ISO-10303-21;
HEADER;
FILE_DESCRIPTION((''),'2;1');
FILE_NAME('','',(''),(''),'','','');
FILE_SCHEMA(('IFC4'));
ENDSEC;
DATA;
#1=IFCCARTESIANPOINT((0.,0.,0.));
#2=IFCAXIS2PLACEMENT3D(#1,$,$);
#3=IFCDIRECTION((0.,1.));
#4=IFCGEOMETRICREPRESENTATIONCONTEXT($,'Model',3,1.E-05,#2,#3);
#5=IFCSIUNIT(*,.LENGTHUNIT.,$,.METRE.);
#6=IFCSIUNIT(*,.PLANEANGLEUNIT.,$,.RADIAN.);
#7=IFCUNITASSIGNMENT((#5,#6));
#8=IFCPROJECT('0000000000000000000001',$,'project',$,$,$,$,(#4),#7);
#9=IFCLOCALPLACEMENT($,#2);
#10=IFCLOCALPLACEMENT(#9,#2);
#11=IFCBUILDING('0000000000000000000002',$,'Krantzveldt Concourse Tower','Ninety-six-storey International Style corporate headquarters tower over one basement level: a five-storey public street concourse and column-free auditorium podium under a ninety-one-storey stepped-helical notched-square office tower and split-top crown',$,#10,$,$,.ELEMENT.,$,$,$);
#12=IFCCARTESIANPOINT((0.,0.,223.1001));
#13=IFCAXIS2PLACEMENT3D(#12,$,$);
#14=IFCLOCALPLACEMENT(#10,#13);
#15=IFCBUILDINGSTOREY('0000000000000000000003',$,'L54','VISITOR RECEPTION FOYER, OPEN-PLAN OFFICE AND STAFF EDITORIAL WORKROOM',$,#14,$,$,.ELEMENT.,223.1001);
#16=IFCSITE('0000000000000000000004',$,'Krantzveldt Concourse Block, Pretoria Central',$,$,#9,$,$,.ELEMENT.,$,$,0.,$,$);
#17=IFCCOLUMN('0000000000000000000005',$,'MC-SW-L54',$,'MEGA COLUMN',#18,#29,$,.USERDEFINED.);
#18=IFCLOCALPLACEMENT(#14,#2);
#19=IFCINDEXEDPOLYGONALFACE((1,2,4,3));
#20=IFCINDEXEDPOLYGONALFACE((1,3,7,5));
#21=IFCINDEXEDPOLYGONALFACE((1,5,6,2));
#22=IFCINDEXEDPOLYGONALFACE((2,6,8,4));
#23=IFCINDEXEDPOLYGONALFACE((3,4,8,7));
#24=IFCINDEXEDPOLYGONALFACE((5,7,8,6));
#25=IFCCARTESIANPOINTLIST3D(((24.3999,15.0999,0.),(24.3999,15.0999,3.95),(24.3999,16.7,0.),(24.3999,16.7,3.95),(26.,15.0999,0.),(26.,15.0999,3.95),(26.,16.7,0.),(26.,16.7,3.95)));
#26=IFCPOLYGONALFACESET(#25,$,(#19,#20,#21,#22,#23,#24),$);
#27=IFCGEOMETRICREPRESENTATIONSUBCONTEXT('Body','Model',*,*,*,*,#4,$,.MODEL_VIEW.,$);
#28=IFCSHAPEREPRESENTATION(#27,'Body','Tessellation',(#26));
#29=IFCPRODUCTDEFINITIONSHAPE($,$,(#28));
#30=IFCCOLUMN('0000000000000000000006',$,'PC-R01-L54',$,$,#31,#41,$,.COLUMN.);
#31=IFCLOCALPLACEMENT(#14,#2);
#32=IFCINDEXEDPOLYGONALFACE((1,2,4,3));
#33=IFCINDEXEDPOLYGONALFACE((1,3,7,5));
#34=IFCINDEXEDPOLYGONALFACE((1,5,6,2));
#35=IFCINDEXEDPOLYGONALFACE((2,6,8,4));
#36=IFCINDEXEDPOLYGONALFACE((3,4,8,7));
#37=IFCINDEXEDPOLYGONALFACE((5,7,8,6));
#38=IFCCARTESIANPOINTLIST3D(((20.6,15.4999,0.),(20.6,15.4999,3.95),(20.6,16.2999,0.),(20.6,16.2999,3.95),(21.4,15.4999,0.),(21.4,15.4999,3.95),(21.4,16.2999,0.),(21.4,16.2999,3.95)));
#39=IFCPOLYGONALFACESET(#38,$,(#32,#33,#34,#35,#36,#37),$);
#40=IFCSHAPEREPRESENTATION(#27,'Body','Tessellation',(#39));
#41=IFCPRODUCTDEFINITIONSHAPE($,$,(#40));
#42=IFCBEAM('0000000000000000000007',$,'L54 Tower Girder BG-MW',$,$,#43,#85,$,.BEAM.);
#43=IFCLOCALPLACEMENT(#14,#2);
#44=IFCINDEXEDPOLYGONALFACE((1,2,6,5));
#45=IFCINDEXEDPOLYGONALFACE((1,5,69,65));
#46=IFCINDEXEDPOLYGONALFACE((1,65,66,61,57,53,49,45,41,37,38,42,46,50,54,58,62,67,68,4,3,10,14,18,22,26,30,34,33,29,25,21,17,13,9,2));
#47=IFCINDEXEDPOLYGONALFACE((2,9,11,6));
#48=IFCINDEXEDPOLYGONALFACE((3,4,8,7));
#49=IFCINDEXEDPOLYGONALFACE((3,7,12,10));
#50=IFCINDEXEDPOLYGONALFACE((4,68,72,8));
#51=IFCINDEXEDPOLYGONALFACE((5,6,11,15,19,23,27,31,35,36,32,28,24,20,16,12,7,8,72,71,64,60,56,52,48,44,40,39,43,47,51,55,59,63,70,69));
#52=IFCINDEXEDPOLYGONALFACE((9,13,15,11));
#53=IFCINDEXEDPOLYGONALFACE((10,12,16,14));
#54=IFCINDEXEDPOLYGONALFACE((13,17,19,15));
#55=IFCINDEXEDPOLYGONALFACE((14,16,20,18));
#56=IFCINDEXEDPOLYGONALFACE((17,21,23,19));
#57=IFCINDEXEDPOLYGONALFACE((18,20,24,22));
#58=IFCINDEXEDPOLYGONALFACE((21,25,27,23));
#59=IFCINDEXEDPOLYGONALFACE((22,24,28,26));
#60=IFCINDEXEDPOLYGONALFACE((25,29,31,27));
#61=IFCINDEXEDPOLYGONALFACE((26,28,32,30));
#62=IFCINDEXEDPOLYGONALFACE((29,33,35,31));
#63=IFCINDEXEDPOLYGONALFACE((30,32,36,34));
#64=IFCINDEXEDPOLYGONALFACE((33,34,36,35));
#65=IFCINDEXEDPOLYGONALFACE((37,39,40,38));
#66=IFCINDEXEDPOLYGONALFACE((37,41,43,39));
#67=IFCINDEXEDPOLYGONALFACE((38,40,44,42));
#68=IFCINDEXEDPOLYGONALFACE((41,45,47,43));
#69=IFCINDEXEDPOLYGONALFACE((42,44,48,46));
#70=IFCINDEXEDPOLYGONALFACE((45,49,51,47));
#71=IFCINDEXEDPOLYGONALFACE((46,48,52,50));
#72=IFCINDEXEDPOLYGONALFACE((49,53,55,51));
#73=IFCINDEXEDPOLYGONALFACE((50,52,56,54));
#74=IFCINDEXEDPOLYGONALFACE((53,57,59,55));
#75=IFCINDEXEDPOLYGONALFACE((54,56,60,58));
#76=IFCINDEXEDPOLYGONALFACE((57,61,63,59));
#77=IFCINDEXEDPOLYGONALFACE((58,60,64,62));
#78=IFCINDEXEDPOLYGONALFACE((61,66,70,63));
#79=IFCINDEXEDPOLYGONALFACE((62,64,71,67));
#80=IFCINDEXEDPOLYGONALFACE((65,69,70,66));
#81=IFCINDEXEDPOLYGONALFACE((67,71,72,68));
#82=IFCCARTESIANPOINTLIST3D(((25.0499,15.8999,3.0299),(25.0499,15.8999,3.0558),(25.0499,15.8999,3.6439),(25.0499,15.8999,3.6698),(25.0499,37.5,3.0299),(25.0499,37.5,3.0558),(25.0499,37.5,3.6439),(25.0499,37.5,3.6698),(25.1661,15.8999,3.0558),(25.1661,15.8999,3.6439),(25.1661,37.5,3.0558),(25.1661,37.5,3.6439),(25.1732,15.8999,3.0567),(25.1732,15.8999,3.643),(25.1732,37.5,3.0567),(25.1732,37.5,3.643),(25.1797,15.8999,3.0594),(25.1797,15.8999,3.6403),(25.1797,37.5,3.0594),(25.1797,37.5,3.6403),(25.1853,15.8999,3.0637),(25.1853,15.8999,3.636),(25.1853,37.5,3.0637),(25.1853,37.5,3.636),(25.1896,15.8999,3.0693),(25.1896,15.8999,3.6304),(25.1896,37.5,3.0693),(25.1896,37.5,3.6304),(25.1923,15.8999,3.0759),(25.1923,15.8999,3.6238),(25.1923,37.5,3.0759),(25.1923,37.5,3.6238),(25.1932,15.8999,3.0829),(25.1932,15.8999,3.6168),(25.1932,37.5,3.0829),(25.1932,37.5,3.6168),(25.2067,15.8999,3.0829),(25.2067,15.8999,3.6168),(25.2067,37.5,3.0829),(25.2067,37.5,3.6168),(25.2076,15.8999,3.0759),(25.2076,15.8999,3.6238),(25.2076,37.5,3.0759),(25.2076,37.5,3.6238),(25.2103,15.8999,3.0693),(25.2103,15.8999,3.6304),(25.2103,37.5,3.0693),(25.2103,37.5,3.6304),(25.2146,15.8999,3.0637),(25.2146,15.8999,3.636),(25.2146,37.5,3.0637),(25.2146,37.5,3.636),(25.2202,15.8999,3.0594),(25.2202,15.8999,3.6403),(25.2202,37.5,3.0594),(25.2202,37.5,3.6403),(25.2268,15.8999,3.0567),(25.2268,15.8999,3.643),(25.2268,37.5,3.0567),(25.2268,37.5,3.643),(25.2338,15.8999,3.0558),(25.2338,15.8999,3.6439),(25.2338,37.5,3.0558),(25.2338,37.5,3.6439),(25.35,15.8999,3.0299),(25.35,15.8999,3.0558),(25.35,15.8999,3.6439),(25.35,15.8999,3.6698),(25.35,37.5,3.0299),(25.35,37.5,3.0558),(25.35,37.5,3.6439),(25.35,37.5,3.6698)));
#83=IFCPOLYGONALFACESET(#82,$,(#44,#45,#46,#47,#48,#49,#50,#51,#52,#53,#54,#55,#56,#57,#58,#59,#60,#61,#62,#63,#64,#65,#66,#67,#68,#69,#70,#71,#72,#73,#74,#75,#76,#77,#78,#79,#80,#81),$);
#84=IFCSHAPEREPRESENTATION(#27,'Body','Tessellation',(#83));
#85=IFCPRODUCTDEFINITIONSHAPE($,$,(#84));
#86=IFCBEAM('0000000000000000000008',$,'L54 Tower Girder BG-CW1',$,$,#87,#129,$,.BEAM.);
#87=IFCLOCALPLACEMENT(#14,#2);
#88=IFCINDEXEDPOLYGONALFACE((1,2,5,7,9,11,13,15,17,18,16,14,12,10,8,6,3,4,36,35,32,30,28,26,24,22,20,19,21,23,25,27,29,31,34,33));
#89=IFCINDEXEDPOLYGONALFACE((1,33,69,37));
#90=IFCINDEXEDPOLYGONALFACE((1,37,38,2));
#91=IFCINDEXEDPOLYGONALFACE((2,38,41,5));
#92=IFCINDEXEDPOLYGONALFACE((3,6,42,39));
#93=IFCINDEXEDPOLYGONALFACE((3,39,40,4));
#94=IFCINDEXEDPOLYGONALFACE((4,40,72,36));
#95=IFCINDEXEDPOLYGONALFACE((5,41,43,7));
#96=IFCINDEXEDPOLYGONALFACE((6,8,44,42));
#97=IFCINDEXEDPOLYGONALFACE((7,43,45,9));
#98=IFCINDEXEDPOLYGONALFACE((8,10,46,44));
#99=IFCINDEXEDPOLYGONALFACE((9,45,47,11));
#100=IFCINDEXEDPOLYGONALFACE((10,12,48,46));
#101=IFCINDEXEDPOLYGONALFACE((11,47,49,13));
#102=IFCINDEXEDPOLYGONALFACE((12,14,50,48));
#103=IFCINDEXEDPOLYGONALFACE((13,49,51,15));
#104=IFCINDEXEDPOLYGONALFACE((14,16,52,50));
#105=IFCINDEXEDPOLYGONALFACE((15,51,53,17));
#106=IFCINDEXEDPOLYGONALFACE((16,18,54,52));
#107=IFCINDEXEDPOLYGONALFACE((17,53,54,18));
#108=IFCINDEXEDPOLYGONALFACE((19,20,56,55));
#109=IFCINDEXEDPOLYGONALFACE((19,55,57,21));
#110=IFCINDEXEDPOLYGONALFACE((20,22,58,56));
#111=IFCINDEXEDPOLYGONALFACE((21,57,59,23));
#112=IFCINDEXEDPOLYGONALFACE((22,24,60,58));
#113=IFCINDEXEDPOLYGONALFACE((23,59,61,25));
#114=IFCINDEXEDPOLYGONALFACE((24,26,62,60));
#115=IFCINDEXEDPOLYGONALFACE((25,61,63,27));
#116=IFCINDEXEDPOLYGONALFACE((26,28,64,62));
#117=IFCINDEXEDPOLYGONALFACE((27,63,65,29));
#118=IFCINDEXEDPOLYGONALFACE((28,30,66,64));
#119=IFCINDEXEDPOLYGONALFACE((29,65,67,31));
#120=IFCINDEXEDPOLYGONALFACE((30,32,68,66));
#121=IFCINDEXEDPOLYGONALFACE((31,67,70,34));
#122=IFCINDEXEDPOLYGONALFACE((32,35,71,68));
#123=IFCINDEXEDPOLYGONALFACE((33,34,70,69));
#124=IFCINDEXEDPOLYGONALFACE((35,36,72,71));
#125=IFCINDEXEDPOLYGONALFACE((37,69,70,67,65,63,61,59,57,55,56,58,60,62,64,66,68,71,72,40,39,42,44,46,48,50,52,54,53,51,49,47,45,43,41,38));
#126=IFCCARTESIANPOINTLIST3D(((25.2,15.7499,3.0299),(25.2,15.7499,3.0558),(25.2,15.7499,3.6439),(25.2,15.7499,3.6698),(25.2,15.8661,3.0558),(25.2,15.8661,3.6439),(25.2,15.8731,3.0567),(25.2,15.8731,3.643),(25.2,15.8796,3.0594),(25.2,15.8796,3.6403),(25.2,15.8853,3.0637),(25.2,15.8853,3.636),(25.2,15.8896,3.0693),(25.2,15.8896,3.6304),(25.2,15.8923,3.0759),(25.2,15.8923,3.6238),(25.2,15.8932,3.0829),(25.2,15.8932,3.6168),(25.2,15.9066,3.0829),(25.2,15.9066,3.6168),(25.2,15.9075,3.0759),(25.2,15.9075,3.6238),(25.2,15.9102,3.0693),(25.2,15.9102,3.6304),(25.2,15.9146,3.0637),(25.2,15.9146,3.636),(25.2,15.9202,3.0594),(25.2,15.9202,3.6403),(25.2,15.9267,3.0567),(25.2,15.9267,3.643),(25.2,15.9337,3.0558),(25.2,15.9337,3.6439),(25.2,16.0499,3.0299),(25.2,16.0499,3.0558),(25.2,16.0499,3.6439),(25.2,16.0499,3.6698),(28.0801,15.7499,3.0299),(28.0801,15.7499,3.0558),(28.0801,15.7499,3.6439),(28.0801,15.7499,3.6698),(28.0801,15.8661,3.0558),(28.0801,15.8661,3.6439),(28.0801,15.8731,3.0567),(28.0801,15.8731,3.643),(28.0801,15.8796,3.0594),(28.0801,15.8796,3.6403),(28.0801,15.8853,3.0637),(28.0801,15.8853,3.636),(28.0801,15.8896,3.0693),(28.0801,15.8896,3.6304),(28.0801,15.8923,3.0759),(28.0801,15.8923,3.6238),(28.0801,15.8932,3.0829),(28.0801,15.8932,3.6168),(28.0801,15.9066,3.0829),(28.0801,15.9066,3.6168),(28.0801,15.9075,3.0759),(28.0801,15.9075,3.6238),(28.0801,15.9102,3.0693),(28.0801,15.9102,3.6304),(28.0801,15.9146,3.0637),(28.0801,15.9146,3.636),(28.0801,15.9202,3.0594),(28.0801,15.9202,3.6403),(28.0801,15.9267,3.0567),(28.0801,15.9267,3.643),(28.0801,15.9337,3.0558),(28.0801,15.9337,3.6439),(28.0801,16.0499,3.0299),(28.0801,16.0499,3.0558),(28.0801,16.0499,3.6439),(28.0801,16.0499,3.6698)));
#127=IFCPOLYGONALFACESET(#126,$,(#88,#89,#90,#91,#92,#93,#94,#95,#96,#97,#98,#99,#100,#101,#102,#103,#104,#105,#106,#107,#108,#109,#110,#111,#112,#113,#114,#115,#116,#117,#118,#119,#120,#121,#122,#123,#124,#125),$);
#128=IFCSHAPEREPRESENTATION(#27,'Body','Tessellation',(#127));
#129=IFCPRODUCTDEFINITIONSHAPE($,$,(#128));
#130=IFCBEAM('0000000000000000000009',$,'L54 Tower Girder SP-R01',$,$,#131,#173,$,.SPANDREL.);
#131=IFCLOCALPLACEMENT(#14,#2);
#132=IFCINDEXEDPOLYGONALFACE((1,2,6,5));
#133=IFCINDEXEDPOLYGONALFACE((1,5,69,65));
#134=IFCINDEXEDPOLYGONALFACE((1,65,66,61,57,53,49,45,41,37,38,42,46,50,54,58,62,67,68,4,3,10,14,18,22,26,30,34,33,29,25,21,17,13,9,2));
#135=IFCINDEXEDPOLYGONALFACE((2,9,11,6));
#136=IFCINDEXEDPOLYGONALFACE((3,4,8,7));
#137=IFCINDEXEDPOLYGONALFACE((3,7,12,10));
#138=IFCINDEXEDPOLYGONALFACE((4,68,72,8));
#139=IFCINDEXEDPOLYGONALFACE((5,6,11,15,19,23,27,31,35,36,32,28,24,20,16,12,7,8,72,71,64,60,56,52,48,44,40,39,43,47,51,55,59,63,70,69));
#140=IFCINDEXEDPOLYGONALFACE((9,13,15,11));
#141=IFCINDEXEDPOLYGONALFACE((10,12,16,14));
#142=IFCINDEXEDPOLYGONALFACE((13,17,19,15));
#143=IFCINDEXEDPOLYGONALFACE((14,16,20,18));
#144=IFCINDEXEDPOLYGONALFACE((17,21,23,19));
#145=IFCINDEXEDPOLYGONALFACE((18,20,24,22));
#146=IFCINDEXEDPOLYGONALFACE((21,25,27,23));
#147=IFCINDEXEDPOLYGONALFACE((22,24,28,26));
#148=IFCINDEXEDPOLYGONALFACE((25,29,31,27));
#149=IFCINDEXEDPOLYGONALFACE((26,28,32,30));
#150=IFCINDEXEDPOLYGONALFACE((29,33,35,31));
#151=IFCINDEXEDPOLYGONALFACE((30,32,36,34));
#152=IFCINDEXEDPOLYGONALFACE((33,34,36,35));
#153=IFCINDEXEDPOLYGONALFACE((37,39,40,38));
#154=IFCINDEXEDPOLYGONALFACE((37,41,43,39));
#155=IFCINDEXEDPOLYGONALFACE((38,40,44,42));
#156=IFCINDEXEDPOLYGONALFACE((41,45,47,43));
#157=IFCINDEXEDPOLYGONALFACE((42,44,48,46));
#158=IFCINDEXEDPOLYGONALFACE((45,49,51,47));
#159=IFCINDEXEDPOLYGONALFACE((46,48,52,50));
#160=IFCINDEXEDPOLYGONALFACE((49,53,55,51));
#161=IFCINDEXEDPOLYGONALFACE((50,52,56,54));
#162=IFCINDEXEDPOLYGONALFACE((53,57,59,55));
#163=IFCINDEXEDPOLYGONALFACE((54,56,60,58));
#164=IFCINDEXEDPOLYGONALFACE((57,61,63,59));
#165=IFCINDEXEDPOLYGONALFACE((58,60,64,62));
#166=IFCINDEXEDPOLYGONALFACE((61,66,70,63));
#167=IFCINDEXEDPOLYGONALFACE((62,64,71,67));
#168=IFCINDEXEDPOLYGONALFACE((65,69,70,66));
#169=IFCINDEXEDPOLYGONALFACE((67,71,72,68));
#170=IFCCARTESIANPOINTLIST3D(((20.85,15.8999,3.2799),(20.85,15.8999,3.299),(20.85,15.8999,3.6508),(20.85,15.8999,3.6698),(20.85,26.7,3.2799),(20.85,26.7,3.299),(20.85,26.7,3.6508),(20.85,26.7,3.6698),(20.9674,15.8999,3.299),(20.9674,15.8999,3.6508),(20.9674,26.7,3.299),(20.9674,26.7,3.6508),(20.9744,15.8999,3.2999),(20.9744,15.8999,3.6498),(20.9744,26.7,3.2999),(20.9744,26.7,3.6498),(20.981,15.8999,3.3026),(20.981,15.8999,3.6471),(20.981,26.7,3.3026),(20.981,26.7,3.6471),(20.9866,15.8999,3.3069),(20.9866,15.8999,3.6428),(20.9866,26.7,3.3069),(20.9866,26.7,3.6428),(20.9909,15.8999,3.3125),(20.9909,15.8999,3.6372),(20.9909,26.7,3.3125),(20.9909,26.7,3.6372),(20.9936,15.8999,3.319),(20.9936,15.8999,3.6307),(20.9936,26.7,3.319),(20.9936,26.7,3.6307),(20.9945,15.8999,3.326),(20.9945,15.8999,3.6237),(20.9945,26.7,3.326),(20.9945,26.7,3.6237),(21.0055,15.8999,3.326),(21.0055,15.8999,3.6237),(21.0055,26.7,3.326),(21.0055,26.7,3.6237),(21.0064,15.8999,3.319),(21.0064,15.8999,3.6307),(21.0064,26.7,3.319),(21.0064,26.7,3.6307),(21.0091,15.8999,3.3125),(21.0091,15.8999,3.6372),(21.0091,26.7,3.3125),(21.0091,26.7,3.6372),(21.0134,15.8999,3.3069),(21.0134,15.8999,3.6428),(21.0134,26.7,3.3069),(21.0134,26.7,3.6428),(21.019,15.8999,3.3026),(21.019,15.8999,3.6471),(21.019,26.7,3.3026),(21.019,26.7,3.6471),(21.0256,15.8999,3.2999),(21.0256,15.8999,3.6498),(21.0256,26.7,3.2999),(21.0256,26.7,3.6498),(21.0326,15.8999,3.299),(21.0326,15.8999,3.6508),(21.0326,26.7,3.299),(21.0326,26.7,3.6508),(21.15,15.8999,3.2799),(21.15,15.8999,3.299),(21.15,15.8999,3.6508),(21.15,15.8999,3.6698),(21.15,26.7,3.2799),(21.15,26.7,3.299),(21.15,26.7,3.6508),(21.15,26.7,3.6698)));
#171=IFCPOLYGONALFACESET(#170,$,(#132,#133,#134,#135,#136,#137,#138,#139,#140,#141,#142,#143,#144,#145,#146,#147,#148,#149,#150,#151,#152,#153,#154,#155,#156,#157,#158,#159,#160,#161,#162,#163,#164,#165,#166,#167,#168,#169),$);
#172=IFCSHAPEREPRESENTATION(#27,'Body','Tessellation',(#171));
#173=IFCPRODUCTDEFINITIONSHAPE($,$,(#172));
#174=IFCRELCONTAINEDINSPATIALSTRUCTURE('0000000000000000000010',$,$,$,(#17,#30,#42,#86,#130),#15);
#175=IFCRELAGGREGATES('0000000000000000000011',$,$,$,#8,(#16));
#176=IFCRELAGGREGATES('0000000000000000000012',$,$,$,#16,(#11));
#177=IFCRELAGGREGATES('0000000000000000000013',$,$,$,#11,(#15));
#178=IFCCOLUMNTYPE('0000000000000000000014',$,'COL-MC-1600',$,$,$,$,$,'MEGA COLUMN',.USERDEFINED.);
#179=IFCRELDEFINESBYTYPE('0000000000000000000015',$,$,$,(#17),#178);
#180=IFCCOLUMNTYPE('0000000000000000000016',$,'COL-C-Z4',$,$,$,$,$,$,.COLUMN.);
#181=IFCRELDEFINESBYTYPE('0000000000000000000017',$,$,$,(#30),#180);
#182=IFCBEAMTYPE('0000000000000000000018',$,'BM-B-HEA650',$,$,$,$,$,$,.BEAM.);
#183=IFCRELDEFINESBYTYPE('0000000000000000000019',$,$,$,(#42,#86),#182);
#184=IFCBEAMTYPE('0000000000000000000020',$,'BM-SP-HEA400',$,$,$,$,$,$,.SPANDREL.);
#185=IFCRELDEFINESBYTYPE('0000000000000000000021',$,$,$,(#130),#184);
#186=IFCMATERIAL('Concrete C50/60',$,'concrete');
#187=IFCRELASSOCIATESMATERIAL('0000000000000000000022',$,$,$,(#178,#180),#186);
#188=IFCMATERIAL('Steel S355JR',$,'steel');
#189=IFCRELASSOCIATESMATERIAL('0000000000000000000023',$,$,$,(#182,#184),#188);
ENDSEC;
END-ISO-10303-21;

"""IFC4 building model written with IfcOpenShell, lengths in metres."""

from ifc_helpers import new_model, si_unit, direction, frame, origin, origin_2d, place, context, subcontext, project, spatial, rectangle, i_section, extrude, source, transform, mapped, material, material_profile, profile_set, type_object, type_shapes, element, save


model = new_model("IFC4")

# Units and contexts
model_context = context("Model", 3, precision=1e-05, world=origin(), true_north=direction((0.0, 1.0)))
body_context = subcontext(model_context, "Body", "Model", "MODEL_VIEW")
ifc_project = project(units=[si_unit("LENGTHUNIT", "METRE"), si_unit("PLANEANGLEUNIT", "RADIAN")], contexts=[model_context])

# Site, building, storey
site_placement = place(None, origin())
site = spatial("IfcSite", under=ifc_project, at=site_placement, Name="Krantzveldt Concourse Block, Pretoria Central", CompositionType="ELEMENT", RefElevation=0.0)
building_placement = place(site_placement, origin())
building = spatial("IfcBuilding", under=site, at=building_placement, Name="Krantzveldt Concourse Tower", Description="Ninety-six-storey International Style corporate headquarters tower over one basement level: a five-storey public street concourse and column-free auditorium podium under a ninety-one-storey stepped-helical notched-square office tower and split-top crown", CompositionType="ELEMENT")
storey_placement = place(building_placement, frame((0.0, 0.0, 223.1001)))
storey = spatial("IfcBuildingStorey", under=building, at=storey_placement, Name="L54", Description="VISITOR RECEPTION FOYER, OPEN-PLAN OFFICE AND STAFF EDITORIAL WORKROOM", CompositionType="ELEMENT", Elevation=223.1001)

# Columns
ifc_material_1 = material(Name="Concrete C50/60", Category="concrete")
ifc_material_profile_1 = material_profile(ifc_material_1, rectangle(XDim=1.6001, YDim=1.6001, at=origin_2d()), Name="Concrete C50/60", Category="concrete")
ifc_profile_set_1 = profile_set([ifc_material_profile_1], Name="Concrete C50/60 - RC 1600x1600")
column_type_1 = type_object("IfcColumnType", Name="COL-MC-1600", ElementType="MEGA COLUMN", PredefinedType="USERDEFINED", material=ifc_profile_set_1)
shared_shape_1 = source(origin(), body_context, "Body", "SweptSolid", [
    extrude(rectangle(XDim=1.6001, YDim=1.6001, at=origin_2d()), origin(), (0.0, 0.0, 1.0), 3.95),
])
type_shapes(column_type_1, [shared_shape_1])
column_1_placement = place(storey_placement, frame((25.2, 15.8999, 0.0), z_axis=(0.0, 0.0, 1.0), x_axis=(1.0, 0.0, 0.0)))
element("IfcColumn", 1, at=column_1_placement, inside=storey, type_object=column_type_1, Name="MC-SW-L54", ObjectType="MEGA COLUMN", PredefinedType="USERDEFINED", context=body_context, shape_type="MappedRepresentation", body=[
    mapped(shared_shape_1, transform((0.0, 0.0, 0.0), x_axis=(1.0, 0.0, 0.0), y_axis=(0.0, 1.0, 0.0), z_axis=(0.0, 0.0, 1.0), scale=1.0)),
])
ifc_material_profile_2 = material_profile(ifc_material_1, rectangle(XDim=0.8, YDim=0.8, at=origin_2d()), Name="Concrete C50/60", Category="concrete")
ifc_profile_set_2 = profile_set([ifc_material_profile_2], Name="Concrete C50/60 - RC 800x800")
column_type_2 = type_object("IfcColumnType", Name="COL-C-Z4", PredefinedType="COLUMN", material=ifc_profile_set_2)
shared_shape_2 = source(origin(), body_context, "Body", "SweptSolid", [
    extrude(rectangle(XDim=0.8, YDim=0.8, at=origin_2d()), origin(), (0.0, 0.0, 1.0), 3.95),
])
type_shapes(column_type_2, [shared_shape_2])
column_2_placement = place(storey_placement, frame((21.0, 15.8999, 0.0), z_axis=(0.0, 0.0, 1.0), x_axis=(1.0, 0.0, 0.0)))
element("IfcColumn", 2, at=column_2_placement, inside=storey, type_object=column_type_2, Name="PC-R01-L54", PredefinedType="COLUMN", context=body_context, shape_type="MappedRepresentation", body=[
    mapped(shared_shape_2, transform((0.0, 0.0, 0.0), x_axis=(1.0, 0.0, 0.0), y_axis=(0.0, 1.0, 0.0), z_axis=(0.0, 0.0, 1.0), scale=1.0)),
])

# Beams
ifc_material_2 = material(Name="Steel S355JR", Category="steel")
ifc_material_profile_3 = material_profile(ifc_material_2, i_section(OverallWidth=0.3, OverallDepth=0.6399, WebThickness=0.0134, FlangeThickness=0.0259, FilletRadius=0.0271, at=origin_2d()), Name="Steel S355JR", Category="steel")
ifc_profile_set_3 = profile_set([ifc_material_profile_3], Name="Steel S355JR - HEA 650")
beam_type_1 = type_object("IfcBeamType", Name="BM-B-HEA650", PredefinedType="BEAM", material=ifc_profile_set_3)
shared_shape_3 = source(origin(), body_context, "Body", "SweptSolid", [
    extrude(i_section(OverallWidth=0.3, OverallDepth=0.6399, WebThickness=0.0134, FlangeThickness=0.0259, FilletRadius=0.0271, at=origin_2d()), origin(), (0.0, 0.0, 1.0), 21.6001),
])
beam_1_placement = place(storey_placement, frame((25.2, 15.8999, 3.3499), z_axis=(0.0, 1.0, 0.0), x_axis=(-1.0, 0.0, 0.0)))
element("IfcBeam", 3, at=beam_1_placement, inside=storey, type_object=beam_type_1, Name="L54 Tower Girder BG-MW", PredefinedType="BEAM", context=body_context, shape_type="MappedRepresentation", body=[
    mapped(shared_shape_3, transform((0.0, 0.0, 0.0), x_axis=(1.0, 0.0, 0.0), y_axis=(0.0, 1.0, 0.0), z_axis=(0.0, 0.0, 1.0), scale=1.0)),
])
shared_shape_4 = source(origin(), body_context, "Body", "SweptSolid", [
    extrude(i_section(OverallWidth=0.3, OverallDepth=0.6399, WebThickness=0.0134, FlangeThickness=0.0259, FilletRadius=0.0271, at=origin_2d()), origin(), (0.0, 0.0, 1.0), 2.8801),
])
type_shapes(beam_type_1, [shared_shape_3, shared_shape_4])
beam_2_placement = place(storey_placement, frame((25.2, 15.8999, 3.3499), z_axis=(1.0, 0.0, 0.0), x_axis=(0.0, 1.0, 0.0)))
element("IfcBeam", 4, at=beam_2_placement, inside=storey, type_object=beam_type_1, Name="L54 Tower Girder BG-CW1", PredefinedType="BEAM", context=body_context, shape_type="MappedRepresentation", body=[
    mapped(shared_shape_4, transform((0.0, 0.0, 0.0), x_axis=(1.0, 0.0, 0.0), y_axis=(0.0, 1.0, 0.0), z_axis=(0.0, 0.0, 1.0), scale=1.0)),
])
ifc_material_profile_4 = material_profile(ifc_material_2, i_section(OverallWidth=0.3, OverallDepth=0.3899, WebThickness=0.011, FlangeThickness=0.019, FilletRadius=0.0271, at=origin_2d()), Name="Steel S355JR", Category="steel")
ifc_profile_set_4 = profile_set([ifc_material_profile_4], Name="Steel S355JR - HEA 400")
beam_type_2 = type_object("IfcBeamType", Name="BM-SP-HEA400", PredefinedType="SPANDREL", material=ifc_profile_set_4)
shared_shape_5 = source(origin(), body_context, "Body", "SweptSolid", [
    extrude(i_section(OverallWidth=0.3, OverallDepth=0.3899, WebThickness=0.011, FlangeThickness=0.019, FilletRadius=0.0271, at=origin_2d()), origin(), (0.0, 0.0, 1.0), 10.8),
])
type_shapes(beam_type_2, [shared_shape_5])
beam_3_placement = place(storey_placement, frame((21.0, 15.8999, 3.4749), z_axis=(0.0, 1.0, 0.0), x_axis=(-1.0, 0.0, 0.0)))
element("IfcBeam", 5, at=beam_3_placement, inside=storey, type_object=beam_type_2, Name="L54 Tower Girder SP-R01", PredefinedType="SPANDREL", context=body_context, shape_type="MappedRepresentation", body=[
    mapped(shared_shape_5, transform((0.0, 0.0, 0.0), x_axis=(1.0, 0.0, 0.0), y_axis=(0.0, 1.0, 0.0), z_axis=(0.0, 0.0, 1.0), scale=1.0)),
])

save(model, "model.ifc")
